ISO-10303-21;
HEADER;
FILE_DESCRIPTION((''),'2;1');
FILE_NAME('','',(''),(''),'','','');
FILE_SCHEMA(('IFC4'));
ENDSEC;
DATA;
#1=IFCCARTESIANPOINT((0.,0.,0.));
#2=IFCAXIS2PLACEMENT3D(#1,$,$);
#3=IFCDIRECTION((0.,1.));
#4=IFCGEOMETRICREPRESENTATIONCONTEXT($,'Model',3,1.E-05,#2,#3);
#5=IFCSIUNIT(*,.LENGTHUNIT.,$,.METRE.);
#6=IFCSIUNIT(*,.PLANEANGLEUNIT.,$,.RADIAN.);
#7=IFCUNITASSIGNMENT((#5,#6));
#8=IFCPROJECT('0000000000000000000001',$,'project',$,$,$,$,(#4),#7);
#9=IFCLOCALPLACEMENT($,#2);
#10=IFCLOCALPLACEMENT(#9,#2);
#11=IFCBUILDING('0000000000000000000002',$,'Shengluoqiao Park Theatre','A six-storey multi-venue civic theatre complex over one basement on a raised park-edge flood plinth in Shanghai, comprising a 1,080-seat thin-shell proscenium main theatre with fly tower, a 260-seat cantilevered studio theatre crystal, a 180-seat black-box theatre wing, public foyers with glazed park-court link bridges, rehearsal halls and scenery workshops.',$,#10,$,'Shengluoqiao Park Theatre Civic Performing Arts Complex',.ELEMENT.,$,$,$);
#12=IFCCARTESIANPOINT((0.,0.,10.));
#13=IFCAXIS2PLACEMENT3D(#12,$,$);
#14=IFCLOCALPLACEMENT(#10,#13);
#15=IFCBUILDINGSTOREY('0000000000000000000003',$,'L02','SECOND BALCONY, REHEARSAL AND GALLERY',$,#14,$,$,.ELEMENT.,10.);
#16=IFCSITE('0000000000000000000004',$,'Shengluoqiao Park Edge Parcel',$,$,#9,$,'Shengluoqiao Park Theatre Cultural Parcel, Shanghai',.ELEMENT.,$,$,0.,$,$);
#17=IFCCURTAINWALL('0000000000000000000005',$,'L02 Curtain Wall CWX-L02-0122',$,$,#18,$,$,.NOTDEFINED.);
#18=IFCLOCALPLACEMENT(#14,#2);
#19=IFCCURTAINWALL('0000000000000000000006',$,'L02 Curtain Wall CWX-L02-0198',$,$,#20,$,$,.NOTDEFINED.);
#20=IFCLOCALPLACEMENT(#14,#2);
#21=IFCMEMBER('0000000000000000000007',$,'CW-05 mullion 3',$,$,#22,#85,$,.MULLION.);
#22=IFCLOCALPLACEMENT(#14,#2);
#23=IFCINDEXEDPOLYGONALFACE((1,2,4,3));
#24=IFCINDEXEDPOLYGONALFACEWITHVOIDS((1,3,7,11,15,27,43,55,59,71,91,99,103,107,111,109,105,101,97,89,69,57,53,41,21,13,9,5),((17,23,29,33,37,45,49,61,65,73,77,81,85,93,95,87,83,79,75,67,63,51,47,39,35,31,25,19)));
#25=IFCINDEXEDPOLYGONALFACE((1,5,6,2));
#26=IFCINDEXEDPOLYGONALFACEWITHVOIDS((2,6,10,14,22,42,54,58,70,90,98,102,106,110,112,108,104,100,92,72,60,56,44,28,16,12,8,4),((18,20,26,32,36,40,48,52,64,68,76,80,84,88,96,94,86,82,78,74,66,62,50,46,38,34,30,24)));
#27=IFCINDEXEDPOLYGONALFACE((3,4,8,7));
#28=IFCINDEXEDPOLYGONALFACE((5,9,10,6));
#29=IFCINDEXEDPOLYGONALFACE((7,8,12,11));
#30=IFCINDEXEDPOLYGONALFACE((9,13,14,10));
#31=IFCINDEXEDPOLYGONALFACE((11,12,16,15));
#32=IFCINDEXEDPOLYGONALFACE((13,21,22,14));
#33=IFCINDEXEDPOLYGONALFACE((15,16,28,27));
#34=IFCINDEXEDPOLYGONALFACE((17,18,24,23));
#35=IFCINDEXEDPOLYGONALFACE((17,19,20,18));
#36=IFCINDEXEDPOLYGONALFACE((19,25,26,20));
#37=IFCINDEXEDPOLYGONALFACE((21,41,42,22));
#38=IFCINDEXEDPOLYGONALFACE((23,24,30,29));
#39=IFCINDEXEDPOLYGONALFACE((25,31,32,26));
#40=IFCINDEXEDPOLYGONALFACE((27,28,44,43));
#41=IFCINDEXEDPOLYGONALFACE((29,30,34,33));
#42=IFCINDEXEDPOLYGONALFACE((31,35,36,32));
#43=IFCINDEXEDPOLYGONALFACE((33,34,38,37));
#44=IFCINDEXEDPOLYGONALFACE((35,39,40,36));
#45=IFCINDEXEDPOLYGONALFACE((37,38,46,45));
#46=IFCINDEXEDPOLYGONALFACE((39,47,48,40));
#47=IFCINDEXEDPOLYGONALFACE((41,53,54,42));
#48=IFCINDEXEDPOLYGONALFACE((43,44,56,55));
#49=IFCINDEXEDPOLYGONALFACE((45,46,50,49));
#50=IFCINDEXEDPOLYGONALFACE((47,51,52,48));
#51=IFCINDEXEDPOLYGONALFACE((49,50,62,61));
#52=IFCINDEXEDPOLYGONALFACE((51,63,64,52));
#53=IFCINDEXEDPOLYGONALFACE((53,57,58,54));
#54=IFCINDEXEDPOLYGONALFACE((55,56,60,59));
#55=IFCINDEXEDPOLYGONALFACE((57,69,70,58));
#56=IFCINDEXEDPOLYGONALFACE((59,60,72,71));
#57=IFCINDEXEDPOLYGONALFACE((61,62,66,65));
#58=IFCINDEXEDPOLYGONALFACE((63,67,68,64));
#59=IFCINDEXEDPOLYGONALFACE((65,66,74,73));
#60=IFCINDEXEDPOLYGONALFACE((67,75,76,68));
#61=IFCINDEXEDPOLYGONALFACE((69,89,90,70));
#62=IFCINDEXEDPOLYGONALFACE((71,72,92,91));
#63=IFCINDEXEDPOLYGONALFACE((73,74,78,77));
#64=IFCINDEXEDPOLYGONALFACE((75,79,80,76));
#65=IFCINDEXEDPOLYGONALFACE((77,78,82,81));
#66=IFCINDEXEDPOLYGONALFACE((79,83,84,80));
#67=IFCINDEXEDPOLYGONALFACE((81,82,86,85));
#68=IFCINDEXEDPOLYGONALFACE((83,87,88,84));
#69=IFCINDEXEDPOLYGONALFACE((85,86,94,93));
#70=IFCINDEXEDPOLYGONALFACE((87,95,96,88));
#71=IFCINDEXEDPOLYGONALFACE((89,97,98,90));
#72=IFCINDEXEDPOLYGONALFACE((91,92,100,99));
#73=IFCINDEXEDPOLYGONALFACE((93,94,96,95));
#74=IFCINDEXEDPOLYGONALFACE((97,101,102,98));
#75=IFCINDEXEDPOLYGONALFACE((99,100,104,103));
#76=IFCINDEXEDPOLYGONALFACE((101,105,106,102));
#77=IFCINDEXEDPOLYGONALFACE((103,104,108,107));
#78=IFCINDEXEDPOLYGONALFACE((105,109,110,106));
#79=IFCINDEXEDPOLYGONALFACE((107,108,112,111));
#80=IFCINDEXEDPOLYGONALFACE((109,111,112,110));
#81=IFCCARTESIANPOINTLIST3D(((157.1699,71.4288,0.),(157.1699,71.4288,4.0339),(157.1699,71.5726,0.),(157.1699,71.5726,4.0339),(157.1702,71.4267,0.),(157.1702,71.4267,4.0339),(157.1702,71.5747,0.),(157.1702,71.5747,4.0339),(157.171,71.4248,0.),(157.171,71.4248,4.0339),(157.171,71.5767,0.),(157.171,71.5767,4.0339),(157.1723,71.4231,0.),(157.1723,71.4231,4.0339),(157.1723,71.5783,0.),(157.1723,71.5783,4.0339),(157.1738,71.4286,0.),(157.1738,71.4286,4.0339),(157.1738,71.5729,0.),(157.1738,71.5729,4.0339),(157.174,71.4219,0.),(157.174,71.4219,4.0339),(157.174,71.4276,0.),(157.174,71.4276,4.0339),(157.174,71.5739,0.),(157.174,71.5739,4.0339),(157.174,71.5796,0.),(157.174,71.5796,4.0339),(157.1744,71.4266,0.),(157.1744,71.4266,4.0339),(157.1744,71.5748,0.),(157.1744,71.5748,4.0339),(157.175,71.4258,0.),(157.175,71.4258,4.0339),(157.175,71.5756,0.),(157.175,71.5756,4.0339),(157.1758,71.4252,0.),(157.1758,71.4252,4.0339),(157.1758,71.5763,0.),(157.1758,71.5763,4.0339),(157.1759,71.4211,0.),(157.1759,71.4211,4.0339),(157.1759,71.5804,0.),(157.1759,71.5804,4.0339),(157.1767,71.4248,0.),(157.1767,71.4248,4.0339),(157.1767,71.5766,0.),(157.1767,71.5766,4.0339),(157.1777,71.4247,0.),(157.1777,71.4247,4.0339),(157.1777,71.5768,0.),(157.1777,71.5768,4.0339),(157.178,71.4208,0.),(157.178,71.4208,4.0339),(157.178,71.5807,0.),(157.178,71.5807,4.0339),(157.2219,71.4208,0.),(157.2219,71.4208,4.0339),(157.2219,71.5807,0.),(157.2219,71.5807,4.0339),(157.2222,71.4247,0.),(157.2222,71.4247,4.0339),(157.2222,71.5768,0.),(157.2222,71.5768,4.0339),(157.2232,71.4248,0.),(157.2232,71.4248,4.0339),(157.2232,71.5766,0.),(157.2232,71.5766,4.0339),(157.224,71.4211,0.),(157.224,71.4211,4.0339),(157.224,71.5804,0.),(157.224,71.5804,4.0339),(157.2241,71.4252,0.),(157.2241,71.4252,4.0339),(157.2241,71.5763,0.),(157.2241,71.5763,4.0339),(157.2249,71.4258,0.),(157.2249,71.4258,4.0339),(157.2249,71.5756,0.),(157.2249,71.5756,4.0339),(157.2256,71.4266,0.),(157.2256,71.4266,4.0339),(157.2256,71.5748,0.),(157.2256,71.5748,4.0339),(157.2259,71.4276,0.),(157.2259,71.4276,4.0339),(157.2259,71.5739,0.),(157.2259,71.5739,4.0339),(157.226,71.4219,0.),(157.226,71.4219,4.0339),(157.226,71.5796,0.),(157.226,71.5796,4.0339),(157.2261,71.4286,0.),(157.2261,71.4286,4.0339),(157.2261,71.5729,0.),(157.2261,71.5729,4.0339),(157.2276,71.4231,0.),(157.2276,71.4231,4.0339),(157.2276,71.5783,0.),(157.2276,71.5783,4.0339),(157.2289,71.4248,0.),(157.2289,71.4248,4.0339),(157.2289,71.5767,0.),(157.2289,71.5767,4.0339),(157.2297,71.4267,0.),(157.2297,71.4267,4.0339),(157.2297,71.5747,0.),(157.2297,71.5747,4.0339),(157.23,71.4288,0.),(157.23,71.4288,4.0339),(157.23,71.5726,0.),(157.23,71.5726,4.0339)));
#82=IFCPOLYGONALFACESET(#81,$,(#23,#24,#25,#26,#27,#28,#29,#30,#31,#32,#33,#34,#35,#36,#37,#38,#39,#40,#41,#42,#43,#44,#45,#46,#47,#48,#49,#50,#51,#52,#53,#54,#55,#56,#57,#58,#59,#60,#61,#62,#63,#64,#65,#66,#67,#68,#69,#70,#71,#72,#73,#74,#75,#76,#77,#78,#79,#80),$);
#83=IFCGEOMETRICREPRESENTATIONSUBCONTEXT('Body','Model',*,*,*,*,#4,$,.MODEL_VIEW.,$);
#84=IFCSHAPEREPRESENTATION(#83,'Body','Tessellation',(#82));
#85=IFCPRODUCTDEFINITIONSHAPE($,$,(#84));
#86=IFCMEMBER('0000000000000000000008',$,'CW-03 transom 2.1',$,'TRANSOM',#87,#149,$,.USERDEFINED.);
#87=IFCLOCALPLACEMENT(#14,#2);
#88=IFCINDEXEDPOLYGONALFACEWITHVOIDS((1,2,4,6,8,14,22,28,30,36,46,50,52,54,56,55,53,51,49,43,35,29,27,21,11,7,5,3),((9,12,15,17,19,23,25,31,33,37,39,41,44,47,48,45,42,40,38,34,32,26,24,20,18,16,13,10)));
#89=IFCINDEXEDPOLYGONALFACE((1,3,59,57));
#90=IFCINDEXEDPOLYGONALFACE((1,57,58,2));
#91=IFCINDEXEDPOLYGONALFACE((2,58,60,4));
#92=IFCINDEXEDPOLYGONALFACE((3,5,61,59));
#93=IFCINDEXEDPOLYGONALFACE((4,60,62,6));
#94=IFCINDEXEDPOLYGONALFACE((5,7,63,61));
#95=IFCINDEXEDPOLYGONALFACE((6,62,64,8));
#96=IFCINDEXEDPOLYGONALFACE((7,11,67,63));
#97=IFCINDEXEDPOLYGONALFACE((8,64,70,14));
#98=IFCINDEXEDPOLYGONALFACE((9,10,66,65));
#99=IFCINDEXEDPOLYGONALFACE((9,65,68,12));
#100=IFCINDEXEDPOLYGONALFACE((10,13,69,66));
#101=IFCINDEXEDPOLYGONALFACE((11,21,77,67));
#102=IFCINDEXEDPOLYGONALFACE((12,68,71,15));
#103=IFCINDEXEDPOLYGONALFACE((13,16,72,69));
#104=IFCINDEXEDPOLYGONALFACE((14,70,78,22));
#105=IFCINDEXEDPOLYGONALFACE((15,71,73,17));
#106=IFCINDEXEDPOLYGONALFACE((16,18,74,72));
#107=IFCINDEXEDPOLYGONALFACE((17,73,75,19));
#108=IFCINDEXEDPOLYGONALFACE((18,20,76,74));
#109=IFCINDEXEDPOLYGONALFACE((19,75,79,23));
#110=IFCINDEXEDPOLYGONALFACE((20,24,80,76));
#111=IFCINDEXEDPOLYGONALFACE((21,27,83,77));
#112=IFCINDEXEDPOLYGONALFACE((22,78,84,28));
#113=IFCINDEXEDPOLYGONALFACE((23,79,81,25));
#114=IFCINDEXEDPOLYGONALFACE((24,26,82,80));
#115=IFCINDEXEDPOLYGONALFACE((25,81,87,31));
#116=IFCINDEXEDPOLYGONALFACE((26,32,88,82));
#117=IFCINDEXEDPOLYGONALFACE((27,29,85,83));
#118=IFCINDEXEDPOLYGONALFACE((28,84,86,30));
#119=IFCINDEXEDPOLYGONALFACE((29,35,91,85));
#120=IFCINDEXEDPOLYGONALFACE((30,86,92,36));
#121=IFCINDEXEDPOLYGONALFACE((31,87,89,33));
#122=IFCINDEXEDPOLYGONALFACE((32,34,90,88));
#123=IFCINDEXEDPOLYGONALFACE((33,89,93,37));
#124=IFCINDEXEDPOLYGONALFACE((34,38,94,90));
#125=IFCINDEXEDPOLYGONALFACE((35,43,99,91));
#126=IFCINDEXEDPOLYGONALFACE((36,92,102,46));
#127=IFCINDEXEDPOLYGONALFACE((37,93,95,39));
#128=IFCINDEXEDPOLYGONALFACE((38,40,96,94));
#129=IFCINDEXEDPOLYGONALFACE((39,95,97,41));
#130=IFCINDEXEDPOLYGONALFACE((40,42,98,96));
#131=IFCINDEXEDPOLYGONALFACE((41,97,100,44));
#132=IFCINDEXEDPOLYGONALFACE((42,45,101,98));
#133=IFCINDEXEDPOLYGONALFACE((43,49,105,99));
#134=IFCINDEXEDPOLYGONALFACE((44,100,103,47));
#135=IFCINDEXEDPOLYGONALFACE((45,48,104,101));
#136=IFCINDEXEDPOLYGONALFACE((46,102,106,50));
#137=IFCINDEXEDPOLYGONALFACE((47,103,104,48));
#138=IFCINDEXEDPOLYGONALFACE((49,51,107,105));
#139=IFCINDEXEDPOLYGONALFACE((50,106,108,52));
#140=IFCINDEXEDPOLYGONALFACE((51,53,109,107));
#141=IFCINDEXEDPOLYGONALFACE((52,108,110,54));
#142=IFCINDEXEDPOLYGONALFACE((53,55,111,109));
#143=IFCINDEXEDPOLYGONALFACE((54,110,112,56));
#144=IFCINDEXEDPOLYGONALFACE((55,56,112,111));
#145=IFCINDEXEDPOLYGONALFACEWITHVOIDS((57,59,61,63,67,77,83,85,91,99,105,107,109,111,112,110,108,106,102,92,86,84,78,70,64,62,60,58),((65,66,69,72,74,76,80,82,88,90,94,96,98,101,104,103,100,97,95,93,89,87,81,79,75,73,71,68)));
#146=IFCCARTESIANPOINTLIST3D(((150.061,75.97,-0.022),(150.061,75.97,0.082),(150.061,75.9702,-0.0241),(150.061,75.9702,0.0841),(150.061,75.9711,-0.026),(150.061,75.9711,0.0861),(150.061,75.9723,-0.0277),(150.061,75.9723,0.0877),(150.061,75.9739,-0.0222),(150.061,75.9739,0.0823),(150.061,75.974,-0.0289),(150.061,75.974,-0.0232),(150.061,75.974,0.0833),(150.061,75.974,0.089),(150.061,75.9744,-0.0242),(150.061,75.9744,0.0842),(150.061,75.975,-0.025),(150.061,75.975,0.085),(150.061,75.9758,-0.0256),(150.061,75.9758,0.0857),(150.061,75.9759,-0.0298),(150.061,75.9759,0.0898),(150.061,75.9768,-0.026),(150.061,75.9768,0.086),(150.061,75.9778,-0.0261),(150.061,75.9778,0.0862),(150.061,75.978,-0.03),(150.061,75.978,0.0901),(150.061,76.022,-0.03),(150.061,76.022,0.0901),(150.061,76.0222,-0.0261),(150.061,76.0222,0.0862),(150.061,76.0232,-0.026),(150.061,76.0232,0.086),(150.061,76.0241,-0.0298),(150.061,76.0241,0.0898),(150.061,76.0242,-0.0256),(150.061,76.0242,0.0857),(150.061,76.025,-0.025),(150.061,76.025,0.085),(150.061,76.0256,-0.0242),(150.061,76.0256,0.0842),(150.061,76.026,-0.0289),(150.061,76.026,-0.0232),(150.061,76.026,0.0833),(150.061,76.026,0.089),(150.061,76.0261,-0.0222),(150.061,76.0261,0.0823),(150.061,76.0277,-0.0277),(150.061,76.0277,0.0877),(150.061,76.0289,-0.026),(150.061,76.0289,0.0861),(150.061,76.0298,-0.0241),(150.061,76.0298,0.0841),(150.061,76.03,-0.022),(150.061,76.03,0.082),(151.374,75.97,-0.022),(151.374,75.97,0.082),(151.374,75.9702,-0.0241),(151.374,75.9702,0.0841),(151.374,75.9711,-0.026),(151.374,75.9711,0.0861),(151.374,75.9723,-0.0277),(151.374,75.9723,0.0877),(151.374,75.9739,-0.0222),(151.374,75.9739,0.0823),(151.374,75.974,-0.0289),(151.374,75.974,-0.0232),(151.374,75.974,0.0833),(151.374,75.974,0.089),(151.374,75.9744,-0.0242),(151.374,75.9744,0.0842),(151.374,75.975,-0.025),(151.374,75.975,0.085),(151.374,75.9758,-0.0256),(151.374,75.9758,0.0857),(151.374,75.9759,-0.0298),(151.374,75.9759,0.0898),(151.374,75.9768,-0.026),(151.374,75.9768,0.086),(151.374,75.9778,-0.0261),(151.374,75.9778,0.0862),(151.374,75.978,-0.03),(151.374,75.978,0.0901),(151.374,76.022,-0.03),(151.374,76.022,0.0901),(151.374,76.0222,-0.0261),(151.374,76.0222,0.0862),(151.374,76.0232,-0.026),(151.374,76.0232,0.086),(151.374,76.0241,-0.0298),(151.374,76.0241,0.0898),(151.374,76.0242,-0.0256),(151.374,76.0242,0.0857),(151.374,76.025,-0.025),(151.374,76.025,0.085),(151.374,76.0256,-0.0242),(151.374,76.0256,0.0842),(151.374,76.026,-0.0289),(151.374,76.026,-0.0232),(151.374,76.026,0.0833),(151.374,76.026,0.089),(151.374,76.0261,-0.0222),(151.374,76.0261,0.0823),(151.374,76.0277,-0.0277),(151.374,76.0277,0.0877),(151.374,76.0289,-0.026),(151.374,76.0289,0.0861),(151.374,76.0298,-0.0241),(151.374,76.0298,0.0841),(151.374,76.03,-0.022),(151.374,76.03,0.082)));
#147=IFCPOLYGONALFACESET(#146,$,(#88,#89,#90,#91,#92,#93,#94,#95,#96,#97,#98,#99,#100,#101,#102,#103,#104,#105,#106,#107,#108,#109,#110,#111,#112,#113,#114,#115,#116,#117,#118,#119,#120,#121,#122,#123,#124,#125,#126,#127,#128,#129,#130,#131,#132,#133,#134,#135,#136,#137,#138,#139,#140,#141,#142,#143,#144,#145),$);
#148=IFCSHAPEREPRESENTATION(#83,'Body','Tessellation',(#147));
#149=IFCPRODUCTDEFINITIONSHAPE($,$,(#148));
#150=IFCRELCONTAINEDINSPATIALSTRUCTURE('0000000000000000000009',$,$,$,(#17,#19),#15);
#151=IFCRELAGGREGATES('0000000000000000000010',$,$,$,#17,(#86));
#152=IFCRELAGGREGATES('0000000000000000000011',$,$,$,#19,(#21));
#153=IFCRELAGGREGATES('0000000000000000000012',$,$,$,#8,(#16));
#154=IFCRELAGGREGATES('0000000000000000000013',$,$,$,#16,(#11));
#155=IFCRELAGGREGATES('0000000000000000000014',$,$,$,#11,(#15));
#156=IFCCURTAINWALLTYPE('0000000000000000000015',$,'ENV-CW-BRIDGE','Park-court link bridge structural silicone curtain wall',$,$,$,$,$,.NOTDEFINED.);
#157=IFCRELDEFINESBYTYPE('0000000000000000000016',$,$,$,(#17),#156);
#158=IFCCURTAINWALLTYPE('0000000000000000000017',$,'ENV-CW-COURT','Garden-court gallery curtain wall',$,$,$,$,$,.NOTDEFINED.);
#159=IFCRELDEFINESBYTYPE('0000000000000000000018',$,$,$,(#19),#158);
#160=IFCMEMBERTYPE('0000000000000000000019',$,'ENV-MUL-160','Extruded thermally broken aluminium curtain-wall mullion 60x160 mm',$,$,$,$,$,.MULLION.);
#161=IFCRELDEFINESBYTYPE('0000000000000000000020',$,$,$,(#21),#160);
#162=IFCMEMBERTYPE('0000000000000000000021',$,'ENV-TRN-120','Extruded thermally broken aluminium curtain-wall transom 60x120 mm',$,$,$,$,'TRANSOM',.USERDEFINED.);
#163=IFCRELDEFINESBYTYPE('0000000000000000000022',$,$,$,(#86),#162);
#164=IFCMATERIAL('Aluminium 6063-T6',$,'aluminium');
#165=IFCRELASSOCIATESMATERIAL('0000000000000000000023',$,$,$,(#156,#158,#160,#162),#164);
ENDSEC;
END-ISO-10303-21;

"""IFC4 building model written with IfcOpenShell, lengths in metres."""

from ifc_helpers import new_model, si_unit, direction, frame, origin, origin_2d, place, context, subcontext, project, spatial, hollow_rectangle, extrude, material, material_profile, profile_set, type_object, element, aggregate, save


model = new_model("IFC4")

# Units and contexts
model_context = context("Model", 3, precision=1e-05, world=origin(), true_north=direction((0.0, 1.0)))
body_context = subcontext(model_context, "Body", "Model", "MODEL_VIEW")
ifc_project = project(units=[si_unit("LENGTHUNIT", "METRE"), si_unit("PLANEANGLEUNIT", "RADIAN")], contexts=[model_context])

# Site, building, storey
site_placement = place(None, origin())
site = spatial("IfcSite", under=ifc_project, at=site_placement, Name="Shengluoqiao Park Edge Parcel", LongName="Shengluoqiao Park Theatre Cultural Parcel, Shanghai", CompositionType="ELEMENT", RefElevation=0.0)
building_placement = place(site_placement, origin())
building = spatial("IfcBuilding", under=site, at=building_placement, Name="Shengluoqiao Park Theatre", Description="A six-storey multi-venue civic theatre complex over one basement on a raised park-edge flood plinth in Shanghai, comprising a 1,080-seat thin-shell proscenium main theatre with fly tower, a 260-seat cantilevered studio theatre crystal, a 180-seat black-box theatre wing, public foyers with glazed park-court link bridges, rehearsal halls and scenery workshops.", LongName="Shengluoqiao Park Theatre Civic Performing Arts Complex", CompositionType="ELEMENT")
storey_placement = place(building_placement, frame((0.0, 0.0, 10.0)))
storey = spatial("IfcBuildingStorey", under=building, at=storey_placement, Name="L02", Description="SECOND BALCONY, REHEARSAL AND GALLERY", CompositionType="ELEMENT", Elevation=10.0)

# Curtain walls, member
ifc_material_1 = material(Name="Aluminium 6063-T6", Category="aluminium")
curtain_wall_type_1 = type_object("IfcCurtainWallType", Name="ENV-CW-BRIDGE", Description="Park-court link bridge structural silicone curtain wall", PredefinedType="NOTDEFINED", material=ifc_material_1)
curtain_wall_1_placement = place(storey_placement, origin())
curtain_wall_1 = element("IfcCurtainWall", 1, at=curtain_wall_1_placement, inside=storey, type_object=curtain_wall_type_1, Name="L02 Curtain Wall CWX-L02-0122", PredefinedType="NOTDEFINED")
ifc_material_profile_1 = material_profile(ifc_material_1, hollow_rectangle(XDim=0.0601, YDim=0.1599, WallThickness=0.0039, InnerFilletRadius=0.0039, OuterFilletRadius=0.0081, at=origin_2d()), Name="ALU MULLION 160x60x4")
ifc_profile_set_1 = profile_set([ifc_material_profile_1], Name="Aluminium 6063-T6")
member_type_1 = type_object("IfcMemberType", Name="ENV-MUL-160", Description="Extruded thermally broken aluminium curtain-wall mullion 60x160 mm", PredefinedType="MULLION", material=ifc_profile_set_1)
curtain_wall_type_2 = type_object("IfcCurtainWallType", Name="ENV-CW-COURT", Description="Garden-court gallery curtain wall", PredefinedType="NOTDEFINED", material=ifc_material_1)
curtain_wall_2_placement = place(storey_placement, origin())
curtain_wall_2 = element("IfcCurtainWall", 2, at=curtain_wall_2_placement, inside=storey, type_object=curtain_wall_type_2, Name="L02 Curtain Wall CWX-L02-0198", PredefinedType="NOTDEFINED")
member_1_placement = place(storey_placement, frame((157.2, 71.5007, 0.0), z_axis=(0.0, 0.0, 1.0), x_axis=(-1.0, 0.0, 0.0)))
member_1 = element("IfcMember", 3, at=member_1_placement, type_object=member_type_1, Name="CW-05 mullion 3", PredefinedType="MULLION", context=body_context, shape_type="SweptSolid", body=[
    extrude(hollow_rectangle(XDim=0.0601, YDim=0.1599, WallThickness=0.0039, InnerFilletRadius=0.0039, OuterFilletRadius=0.0081, at=origin_2d()), origin(), (0.0, 0.0, 1.0), 4.0339),
])

# Member
ifc_material_profile_2 = material_profile(ifc_material_1, hollow_rectangle(XDim=0.0601, YDim=0.1201, WallThickness=0.0039, InnerFilletRadius=0.0039, OuterFilletRadius=0.0081, at=origin_2d()), Name="ALU TRANSOM 120x60x4")
ifc_profile_set_2 = profile_set([ifc_material_profile_2], Name="Aluminium 6063-T6")
member_type_2 = type_object("IfcMemberType", Name="ENV-TRN-120", Description="Extruded thermally broken aluminium curtain-wall transom 60x120 mm", ElementType="TRANSOM", PredefinedType="USERDEFINED", material=ifc_profile_set_2)
member_2_placement = place(storey_placement, frame((150.061, 76.0, 0.03), z_axis=(1.0, 0.0, 0.0), x_axis=(0.0, 1.0, 0.0)))
member_2 = element("IfcMember", 4, at=member_2_placement, type_object=member_type_2, Name="CW-03 transom 2.1", ObjectType="TRANSOM", PredefinedType="USERDEFINED", context=body_context, shape_type="SweptSolid", body=[
    extrude(hollow_rectangle(XDim=0.0601, YDim=0.1201, WallThickness=0.0039, InnerFilletRadius=0.0039, OuterFilletRadius=0.0081, at=origin_2d()), origin(), (0.0, 0.0, 1.0), 1.313),
])

aggregate(curtain_wall_1, [member_2])
aggregate(curtain_wall_2, [member_1])

save(model, "model.ifc")
